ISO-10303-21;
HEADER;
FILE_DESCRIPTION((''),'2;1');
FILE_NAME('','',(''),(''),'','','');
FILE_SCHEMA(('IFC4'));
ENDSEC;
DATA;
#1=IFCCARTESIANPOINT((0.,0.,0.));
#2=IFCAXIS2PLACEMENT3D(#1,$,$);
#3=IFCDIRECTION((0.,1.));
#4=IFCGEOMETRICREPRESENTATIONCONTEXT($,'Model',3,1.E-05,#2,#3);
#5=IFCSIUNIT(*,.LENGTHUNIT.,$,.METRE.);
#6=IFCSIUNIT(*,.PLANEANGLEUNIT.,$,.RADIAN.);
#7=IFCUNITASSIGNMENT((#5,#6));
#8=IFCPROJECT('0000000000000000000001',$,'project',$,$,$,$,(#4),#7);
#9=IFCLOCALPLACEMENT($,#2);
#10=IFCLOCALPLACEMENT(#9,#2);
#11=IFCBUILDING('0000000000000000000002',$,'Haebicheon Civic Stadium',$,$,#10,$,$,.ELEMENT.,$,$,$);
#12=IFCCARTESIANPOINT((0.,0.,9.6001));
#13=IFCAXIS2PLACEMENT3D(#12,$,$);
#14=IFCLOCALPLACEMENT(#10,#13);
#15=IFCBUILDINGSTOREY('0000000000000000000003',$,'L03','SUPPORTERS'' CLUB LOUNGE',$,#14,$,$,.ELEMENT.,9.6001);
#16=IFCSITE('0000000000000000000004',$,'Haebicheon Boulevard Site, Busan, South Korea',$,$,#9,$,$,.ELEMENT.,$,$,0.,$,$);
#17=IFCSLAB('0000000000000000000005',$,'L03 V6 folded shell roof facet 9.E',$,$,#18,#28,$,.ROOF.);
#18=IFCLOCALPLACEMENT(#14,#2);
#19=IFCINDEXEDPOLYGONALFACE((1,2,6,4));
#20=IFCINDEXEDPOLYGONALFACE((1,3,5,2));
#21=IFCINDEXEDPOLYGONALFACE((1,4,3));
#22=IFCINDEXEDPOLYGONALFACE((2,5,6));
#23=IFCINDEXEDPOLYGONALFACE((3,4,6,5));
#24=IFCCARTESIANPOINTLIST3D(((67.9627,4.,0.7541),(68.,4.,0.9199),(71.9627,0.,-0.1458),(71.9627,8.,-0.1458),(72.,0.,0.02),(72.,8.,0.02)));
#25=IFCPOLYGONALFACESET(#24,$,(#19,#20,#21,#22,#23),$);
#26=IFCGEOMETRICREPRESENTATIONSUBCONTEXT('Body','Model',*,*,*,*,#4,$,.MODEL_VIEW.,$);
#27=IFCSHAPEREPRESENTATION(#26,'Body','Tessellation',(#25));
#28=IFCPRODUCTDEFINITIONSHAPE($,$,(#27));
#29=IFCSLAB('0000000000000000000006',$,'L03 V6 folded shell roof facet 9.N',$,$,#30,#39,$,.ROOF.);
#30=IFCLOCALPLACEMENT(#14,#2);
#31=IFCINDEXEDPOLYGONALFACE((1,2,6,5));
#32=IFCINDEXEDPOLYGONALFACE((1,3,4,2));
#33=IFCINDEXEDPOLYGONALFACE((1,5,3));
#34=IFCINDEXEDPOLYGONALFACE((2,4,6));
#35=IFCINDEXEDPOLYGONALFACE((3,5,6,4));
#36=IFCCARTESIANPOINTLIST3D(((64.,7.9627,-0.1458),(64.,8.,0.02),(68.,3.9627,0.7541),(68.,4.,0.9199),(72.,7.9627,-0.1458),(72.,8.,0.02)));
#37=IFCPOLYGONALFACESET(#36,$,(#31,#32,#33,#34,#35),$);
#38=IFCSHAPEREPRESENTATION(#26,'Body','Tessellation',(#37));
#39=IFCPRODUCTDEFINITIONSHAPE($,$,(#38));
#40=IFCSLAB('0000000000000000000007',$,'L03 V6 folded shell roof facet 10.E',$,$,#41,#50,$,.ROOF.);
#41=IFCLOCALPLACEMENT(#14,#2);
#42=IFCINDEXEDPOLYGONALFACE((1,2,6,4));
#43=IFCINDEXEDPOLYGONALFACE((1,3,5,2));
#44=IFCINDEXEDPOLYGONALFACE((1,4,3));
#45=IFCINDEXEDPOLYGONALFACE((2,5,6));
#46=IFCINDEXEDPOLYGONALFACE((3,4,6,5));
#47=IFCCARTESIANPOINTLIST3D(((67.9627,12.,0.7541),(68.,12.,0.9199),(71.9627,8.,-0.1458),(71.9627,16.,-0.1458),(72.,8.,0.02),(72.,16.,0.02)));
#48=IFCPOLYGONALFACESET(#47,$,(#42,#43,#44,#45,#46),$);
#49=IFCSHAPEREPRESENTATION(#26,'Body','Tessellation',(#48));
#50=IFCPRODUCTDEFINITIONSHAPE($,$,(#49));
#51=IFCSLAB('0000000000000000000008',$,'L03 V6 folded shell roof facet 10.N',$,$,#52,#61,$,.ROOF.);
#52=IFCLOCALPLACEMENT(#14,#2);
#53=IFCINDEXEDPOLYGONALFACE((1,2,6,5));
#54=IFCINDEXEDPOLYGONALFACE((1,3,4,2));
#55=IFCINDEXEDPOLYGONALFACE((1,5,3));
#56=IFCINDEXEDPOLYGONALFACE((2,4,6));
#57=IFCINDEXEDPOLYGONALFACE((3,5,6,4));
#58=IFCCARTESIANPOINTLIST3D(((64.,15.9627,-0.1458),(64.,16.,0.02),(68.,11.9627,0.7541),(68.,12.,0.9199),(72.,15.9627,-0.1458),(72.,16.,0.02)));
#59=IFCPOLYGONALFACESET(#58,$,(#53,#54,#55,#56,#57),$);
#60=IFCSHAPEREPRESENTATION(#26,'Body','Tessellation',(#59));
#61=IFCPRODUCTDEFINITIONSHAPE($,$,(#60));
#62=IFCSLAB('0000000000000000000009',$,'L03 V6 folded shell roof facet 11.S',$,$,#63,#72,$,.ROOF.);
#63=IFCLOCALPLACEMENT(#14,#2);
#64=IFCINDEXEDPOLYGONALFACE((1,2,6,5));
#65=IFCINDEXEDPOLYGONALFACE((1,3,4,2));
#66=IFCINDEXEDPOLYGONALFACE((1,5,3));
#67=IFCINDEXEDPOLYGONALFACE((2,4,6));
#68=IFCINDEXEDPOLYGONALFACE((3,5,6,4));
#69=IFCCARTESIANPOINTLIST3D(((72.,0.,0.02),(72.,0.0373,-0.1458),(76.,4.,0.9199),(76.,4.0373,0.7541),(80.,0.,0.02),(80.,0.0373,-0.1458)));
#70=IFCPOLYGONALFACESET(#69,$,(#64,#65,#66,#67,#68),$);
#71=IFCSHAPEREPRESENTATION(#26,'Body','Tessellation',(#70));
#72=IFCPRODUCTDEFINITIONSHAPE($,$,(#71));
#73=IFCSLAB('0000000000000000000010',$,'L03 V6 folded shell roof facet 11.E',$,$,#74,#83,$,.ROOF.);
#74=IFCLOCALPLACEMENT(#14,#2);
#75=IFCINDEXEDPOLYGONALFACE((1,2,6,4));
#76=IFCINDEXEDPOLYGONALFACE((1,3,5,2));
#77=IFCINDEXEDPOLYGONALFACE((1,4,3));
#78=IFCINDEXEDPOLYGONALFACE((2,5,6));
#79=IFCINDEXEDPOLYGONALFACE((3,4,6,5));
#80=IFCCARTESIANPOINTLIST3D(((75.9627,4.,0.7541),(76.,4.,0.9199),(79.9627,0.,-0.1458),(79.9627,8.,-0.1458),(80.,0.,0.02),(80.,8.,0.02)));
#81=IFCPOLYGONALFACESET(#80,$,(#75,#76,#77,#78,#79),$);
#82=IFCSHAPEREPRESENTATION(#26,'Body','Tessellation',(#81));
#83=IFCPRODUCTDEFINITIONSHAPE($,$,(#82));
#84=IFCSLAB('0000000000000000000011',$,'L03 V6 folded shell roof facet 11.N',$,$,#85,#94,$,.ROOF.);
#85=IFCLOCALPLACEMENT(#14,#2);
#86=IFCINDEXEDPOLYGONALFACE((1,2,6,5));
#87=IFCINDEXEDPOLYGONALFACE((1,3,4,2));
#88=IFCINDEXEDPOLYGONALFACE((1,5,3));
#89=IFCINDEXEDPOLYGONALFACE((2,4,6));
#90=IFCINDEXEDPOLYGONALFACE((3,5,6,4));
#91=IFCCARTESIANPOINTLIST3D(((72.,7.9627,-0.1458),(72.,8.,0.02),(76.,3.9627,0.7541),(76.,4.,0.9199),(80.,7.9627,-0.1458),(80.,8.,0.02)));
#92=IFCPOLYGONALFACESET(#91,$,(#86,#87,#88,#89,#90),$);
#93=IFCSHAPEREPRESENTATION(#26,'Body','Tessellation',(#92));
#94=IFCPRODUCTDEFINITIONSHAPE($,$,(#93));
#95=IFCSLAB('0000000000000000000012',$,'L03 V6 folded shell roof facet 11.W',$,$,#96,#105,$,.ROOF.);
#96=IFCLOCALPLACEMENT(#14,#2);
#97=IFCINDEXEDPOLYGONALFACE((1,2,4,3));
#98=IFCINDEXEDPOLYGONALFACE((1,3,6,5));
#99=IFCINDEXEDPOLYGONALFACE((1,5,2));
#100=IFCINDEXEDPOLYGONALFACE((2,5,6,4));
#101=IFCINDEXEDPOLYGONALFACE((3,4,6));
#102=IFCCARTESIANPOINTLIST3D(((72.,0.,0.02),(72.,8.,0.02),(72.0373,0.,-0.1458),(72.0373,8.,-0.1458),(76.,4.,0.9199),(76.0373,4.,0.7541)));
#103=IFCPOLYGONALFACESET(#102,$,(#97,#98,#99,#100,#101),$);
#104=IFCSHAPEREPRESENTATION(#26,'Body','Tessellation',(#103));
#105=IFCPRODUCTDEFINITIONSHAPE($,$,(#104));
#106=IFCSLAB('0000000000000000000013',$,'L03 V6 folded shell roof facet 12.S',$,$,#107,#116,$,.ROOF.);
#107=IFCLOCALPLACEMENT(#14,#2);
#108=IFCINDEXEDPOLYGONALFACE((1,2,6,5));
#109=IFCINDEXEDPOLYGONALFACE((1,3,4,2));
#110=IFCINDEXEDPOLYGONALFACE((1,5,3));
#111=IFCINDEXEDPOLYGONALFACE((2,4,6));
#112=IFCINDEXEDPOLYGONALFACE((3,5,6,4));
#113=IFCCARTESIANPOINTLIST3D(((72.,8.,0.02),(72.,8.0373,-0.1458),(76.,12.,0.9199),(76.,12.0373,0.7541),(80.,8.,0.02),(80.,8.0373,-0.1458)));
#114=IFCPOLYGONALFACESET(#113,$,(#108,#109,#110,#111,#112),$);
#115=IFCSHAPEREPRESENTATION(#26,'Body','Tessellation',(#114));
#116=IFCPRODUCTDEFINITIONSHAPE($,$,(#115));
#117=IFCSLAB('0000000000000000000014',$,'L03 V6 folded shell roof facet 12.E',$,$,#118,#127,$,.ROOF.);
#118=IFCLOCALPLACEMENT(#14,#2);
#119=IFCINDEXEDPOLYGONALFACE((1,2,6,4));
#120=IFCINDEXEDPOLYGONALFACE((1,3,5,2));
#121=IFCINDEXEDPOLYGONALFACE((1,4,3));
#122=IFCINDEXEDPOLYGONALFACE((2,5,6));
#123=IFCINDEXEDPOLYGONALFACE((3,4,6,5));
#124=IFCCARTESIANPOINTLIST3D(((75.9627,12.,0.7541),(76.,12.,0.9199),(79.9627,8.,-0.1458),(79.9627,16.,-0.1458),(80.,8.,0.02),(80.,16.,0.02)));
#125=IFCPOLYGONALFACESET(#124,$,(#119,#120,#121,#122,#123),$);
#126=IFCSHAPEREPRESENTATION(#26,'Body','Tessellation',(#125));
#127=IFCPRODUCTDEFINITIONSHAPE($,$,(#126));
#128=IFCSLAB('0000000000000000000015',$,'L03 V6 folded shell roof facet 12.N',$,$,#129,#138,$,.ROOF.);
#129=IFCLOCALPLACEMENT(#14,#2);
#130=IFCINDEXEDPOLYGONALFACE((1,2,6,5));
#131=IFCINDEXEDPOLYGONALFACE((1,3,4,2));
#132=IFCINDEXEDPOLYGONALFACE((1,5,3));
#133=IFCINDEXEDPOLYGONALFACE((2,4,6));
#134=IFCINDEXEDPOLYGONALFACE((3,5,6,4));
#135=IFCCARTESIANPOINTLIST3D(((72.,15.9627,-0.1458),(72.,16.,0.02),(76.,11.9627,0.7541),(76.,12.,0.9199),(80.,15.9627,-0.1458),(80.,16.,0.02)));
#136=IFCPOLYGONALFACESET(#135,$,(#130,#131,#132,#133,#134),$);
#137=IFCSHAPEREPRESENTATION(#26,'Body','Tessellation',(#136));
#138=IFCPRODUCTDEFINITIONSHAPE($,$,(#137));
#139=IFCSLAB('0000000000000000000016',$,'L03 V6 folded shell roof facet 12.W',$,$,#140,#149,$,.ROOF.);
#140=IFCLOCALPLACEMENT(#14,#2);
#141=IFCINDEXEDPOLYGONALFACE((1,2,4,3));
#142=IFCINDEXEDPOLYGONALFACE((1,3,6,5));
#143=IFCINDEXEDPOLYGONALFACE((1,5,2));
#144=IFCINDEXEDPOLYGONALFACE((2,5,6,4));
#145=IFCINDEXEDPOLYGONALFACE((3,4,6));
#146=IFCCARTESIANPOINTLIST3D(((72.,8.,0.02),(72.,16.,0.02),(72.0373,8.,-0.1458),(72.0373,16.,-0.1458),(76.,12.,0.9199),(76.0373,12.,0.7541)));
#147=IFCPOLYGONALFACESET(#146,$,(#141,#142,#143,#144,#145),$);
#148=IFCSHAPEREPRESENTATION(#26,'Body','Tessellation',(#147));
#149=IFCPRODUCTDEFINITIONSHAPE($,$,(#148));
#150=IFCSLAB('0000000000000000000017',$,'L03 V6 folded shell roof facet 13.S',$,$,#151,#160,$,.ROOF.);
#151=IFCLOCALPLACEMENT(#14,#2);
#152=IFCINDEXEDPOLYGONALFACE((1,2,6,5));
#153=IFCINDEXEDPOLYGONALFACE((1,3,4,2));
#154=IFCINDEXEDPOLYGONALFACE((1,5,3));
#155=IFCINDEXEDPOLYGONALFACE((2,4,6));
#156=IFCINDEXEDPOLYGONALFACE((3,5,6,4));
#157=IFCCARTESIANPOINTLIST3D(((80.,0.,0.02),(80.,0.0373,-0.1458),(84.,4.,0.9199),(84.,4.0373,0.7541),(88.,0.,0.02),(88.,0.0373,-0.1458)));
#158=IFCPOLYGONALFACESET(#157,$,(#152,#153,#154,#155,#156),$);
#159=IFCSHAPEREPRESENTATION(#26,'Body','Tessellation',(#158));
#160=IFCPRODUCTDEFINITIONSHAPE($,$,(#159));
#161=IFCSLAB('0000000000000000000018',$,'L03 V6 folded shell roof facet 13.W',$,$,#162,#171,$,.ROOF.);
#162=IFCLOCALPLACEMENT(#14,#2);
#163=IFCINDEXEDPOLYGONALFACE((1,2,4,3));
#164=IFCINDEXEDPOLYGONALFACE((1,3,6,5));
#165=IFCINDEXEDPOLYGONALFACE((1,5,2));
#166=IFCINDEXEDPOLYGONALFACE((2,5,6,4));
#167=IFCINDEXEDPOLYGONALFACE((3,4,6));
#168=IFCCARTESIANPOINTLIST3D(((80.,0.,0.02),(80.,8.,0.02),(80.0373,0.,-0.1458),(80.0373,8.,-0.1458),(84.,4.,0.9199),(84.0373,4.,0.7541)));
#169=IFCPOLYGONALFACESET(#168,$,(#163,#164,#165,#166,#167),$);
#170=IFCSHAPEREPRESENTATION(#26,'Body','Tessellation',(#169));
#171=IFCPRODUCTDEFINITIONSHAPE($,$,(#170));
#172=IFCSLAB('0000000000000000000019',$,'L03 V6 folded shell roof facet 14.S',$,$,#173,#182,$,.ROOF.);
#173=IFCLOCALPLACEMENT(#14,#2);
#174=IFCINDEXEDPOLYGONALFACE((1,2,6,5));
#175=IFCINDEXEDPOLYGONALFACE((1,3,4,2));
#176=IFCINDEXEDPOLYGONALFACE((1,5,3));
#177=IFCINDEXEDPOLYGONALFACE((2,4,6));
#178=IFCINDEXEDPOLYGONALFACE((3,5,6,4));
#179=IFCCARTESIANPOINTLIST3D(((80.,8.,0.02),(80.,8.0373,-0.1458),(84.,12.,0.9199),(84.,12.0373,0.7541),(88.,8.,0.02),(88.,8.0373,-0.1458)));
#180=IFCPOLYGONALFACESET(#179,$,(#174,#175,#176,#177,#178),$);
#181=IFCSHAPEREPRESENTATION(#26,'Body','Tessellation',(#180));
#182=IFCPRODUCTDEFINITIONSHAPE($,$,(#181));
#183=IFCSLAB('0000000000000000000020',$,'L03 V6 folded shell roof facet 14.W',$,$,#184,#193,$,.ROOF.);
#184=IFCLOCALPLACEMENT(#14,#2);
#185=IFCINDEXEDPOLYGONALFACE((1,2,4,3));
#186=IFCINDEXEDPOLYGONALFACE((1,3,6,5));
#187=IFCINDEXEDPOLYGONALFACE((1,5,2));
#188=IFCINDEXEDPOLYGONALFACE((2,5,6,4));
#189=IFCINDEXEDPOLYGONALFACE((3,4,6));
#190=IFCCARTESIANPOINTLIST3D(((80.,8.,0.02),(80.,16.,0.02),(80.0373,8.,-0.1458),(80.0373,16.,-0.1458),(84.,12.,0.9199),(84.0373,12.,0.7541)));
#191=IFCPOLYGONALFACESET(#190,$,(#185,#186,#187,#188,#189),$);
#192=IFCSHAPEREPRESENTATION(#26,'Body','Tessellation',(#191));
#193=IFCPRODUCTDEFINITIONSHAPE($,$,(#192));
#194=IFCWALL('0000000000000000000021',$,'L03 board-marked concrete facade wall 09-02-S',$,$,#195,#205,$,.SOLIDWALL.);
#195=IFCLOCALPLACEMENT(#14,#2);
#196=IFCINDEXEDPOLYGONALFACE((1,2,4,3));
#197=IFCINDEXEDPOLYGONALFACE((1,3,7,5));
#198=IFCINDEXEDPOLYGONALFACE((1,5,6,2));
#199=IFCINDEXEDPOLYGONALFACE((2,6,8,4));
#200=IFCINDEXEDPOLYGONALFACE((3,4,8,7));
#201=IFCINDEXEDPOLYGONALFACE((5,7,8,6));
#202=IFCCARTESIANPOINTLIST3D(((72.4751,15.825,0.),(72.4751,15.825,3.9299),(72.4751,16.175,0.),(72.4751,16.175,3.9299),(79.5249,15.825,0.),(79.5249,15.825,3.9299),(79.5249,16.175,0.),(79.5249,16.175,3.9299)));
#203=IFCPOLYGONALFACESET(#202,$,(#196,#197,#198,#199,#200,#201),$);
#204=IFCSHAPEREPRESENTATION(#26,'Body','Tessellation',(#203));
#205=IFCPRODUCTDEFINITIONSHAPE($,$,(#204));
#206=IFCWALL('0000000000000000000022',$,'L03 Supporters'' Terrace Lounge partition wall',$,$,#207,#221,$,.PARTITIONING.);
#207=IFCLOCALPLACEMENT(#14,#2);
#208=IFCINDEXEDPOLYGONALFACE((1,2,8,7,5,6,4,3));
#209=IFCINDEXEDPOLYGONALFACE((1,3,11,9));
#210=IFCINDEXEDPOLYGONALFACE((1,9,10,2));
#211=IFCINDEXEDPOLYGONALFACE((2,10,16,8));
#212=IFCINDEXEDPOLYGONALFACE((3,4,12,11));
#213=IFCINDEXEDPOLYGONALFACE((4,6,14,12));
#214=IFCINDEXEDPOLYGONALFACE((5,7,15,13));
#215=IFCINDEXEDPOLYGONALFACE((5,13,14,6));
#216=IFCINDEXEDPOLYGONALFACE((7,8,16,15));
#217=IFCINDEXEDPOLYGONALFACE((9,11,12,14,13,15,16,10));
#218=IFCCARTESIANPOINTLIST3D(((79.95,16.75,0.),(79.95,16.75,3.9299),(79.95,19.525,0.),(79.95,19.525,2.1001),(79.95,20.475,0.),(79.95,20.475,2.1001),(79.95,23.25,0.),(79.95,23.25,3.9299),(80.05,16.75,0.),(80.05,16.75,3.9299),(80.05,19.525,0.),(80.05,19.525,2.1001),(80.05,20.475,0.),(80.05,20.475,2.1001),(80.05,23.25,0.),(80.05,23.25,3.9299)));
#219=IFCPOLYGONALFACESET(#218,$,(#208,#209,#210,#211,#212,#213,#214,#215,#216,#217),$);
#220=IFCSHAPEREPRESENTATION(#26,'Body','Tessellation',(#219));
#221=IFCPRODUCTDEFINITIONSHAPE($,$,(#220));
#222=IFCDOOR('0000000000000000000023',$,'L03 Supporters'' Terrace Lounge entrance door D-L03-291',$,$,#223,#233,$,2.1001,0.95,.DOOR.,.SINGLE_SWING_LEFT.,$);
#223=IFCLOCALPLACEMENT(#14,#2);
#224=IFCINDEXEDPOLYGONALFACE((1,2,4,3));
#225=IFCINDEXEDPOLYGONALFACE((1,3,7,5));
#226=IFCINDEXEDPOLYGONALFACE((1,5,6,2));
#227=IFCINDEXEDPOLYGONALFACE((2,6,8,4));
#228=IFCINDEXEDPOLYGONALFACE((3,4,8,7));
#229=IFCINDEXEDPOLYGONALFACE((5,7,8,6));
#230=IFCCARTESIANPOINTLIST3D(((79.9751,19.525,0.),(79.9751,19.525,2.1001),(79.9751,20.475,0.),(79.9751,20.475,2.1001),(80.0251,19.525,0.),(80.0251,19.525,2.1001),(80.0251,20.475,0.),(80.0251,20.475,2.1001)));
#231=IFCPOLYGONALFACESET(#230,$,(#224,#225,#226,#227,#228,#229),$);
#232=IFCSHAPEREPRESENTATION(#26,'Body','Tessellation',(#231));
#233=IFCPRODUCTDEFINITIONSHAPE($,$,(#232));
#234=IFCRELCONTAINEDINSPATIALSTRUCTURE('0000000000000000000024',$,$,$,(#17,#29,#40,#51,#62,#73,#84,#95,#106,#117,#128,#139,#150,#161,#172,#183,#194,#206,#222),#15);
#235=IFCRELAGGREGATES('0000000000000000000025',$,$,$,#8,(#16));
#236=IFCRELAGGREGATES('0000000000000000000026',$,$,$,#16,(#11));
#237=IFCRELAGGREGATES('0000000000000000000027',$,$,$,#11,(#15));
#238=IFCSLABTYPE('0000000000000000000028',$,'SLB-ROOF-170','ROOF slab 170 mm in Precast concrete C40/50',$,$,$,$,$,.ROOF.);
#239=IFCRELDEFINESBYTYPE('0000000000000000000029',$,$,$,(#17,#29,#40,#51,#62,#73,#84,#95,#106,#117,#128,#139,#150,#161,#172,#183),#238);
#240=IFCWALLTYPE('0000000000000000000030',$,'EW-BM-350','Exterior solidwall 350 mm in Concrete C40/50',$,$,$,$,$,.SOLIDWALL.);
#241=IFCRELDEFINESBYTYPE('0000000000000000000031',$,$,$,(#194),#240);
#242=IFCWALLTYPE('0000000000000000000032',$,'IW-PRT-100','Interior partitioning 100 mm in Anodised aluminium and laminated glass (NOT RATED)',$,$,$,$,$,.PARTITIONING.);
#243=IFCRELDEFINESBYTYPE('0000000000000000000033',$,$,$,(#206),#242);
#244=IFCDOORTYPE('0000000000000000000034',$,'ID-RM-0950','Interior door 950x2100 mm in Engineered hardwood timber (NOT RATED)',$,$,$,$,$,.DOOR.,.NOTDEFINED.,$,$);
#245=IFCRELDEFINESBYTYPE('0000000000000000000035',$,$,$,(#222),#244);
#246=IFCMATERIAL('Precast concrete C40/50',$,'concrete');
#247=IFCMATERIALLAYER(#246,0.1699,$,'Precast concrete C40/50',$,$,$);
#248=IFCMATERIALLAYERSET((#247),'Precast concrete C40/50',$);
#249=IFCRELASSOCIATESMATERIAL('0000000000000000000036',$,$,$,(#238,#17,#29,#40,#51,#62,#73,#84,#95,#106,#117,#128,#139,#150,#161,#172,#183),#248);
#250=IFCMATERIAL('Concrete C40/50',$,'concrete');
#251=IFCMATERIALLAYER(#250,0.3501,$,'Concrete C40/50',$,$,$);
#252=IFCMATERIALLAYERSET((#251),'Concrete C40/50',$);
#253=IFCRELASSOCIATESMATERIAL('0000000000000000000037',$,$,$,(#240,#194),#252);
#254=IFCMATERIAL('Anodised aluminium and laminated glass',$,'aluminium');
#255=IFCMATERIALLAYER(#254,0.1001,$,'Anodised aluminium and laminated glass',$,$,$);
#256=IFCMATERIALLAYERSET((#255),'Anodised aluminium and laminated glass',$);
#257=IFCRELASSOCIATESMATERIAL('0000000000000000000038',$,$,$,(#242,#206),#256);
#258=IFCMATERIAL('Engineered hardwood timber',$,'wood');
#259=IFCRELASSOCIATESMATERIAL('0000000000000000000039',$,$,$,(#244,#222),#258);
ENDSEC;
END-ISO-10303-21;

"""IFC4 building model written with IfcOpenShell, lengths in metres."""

from ifc_helpers import new_model, si_unit, direction, frame, frame_2d, origin, place, context, subcontext, project, spatial, polyline, rectangle, outline, extrude, material, layer, layer_set, type_object, element, fill, save


model = new_model("IFC4")

# Units and contexts
model_context = context("Model", 3, precision=1e-05, world=origin(), true_north=direction((0.0, 1.0)))
body_context = subcontext(model_context, "Body", "Model", "MODEL_VIEW")
ifc_project = project(units=[si_unit("LENGTHUNIT", "METRE"), si_unit("PLANEANGLEUNIT", "RADIAN")], contexts=[model_context])

# Site, building, storey
site_placement = place(None, origin())
site = spatial("IfcSite", under=ifc_project, at=site_placement, Name="Haebicheon Boulevard Site, Busan, South Korea", CompositionType="ELEMENT", RefElevation=0.0)
building_placement = place(site_placement, origin())
building = spatial("IfcBuilding", under=site, at=building_placement, Name="Haebicheon Civic Stadium", CompositionType="ELEMENT")
storey_placement = place(building_placement, frame((0.0, 0.0, 9.6001)))
storey = spatial("IfcBuildingStorey", under=building, at=storey_placement, Name="L03", Description="SUPPORTERS' CLUB LOUNGE", CompositionType="ELEMENT", Elevation=9.6001)

# Slabs
ifc_material_1 = material(Name="Precast concrete C40/50", Category="concrete")
ifc_layer_1 = layer(ifc_material_1, 0.1699, Name="Precast concrete C40/50")
ifc_layer_set_1 = layer_set([ifc_layer_1], Name="Precast concrete C40/50")
slab_type = type_object("IfcSlabType", Name="SLB-ROOF-170", Description="ROOF slab 170 mm in Precast concrete C40/50", PredefinedType="ROOF", material=ifc_layer_set_1)
for number, where, z_axis, x_axis, name in (
    (1, (72.0, 0.0, 0.02), (0.21949, 0.0, 0.975615), (0.0, 1.0, 0.0), "L03 V6 folded shell roof facet 9.E"),
    (2, (72.0, 8.0, 0.02), (0.0, 0.21949, 0.975615), (-1.0, 0.0, 0.0), "L03 V6 folded shell roof facet 9.N"),
    (3, (72.0, 8.0, 0.02), (0.21949, 0.0, 0.975615), (0.0, 1.0, 0.0), "L03 V6 folded shell roof facet 10.E"),
    (4, (72.0, 16.0, 0.02), (0.0, 0.21949, 0.975615), (-1.0, 0.0, 0.0), "L03 V6 folded shell roof facet 10.N"),
    (5, (72.0, 0.0, 0.02), (0.0, -0.21949, 0.975615), (1.0, 0.0, 0.0), "L03 V6 folded shell roof facet 11.S"),
    (6, (80.0, 0.0, 0.02), (0.21949, 0.0, 0.975615), (0.0, 1.0, 0.0), "L03 V6 folded shell roof facet 11.E"),
    (7, (80.0, 8.0, 0.02), (0.0, 0.21949, 0.975615), (-1.0, 0.0, 0.0), "L03 V6 folded shell roof facet 11.N"),
    (8, (72.0, 8.0, 0.02), (-0.21949, 0.0, 0.975615), (0.0, -1.0, 0.0), "L03 V6 folded shell roof facet 11.W"),
    (9, (72.0, 8.0, 0.02), (0.0, -0.21949, 0.975615), (1.0, 0.0, 0.0), "L03 V6 folded shell roof facet 12.S"),
    (10, (80.0, 8.0, 0.02), (0.21949, 0.0, 0.975615), (0.0, 1.0, 0.0), "L03 V6 folded shell roof facet 12.E"),
    (11, (80.0, 16.0, 0.02), (0.0, 0.21949, 0.975615), (-1.0, 0.0, 0.0), "L03 V6 folded shell roof facet 12.N"),
    (12, (72.0, 16.0, 0.02), (-0.21949, 0.0, 0.975615), (0.0, -1.0, 0.0), "L03 V6 folded shell roof facet 12.W"),
    (13, (80.0, 0.0, 0.02), (0.0, -0.21949, 0.975615), (1.0, 0.0, 0.0), "L03 V6 folded shell roof facet 13.S"),
    (14, (80.0, 8.0, 0.02), (-0.21949, 0.0, 0.975615), (0.0, -1.0, 0.0), "L03 V6 folded shell roof facet 13.W"),
    (15, (80.0, 8.0, 0.02), (0.0, -0.21949, 0.975615), (1.0, 0.0, 0.0), "L03 V6 folded shell roof facet 14.S"),
    (16, (80.0, 16.0, 0.02), (-0.21949, 0.0, 0.975615), (0.0, -1.0, 0.0), "L03 V6 folded shell roof facet 14.W"),
):
    element("IfcSlab", number, at=place(storey_placement, frame(where, z_axis=z_axis, x_axis=x_axis)), inside=storey, type_object=slab_type, material=ifc_layer_set_1, Name=name, PredefinedType="ROOF", context=body_context, shape_type="SweptSolid", body=[
        extrude(outline(polyline([(0.0, 0.0), (8.0, 0.0), (4.0, 4.1), (0.0, 0.0)])), origin(), (0.0, 0.0, -1.0), 0.1699),
    ])

# Wall
ifc_material_2 = material(Name="Concrete C40/50", Category="concrete")
ifc_layer_2 = layer(ifc_material_2, 0.3501, Name="Concrete C40/50")
ifc_layer_set_2 = layer_set([ifc_layer_2], Name="Concrete C40/50")
wall_type_1 = type_object("IfcWallType", Name="EW-BM-350", Description="Exterior solidwall 350 mm in Concrete C40/50", PredefinedType="SOLIDWALL", material=ifc_layer_set_2)
wall_1_placement = place(storey_placement, frame((72.4751, 16.0, 0.0), z_axis=(0.0, 0.0, 1.0), x_axis=(1.0, 0.0, 0.0)))
element("IfcWall", 17, at=wall_1_placement, inside=storey, type_object=wall_type_1, material=ifc_layer_set_2, Name="L03 board-marked concrete facade wall 09-02-S", PredefinedType="SOLIDWALL", context=body_context, shape_type="SweptSolid", body=[
    extrude(rectangle(XDim=7.0498, YDim=0.3501, at=frame_2d((3.5249, 0.0))), origin(), (0.0, 0.0, 1.0), 3.9299),
])

# Wall, opening, door
ifc_material_3 = material(Name="Anodised aluminium and laminated glass", Category="aluminium")
ifc_layer_3 = layer(ifc_material_3, 0.1001, Name="Anodised aluminium and laminated glass")
ifc_layer_set_3 = layer_set([ifc_layer_3], Name="Anodised aluminium and laminated glass")
wall_type_2 = type_object("IfcWallType", Name="IW-PRT-100", Description="Interior partitioning 100 mm in Anodised aluminium and laminated glass (NOT RATED)", PredefinedType="PARTITIONING", material=ifc_layer_set_3)
wall_2_placement = place(storey_placement, frame((80.0, 16.75, 0.0), z_axis=(0.0, 0.0, 1.0), x_axis=(0.0, 1.0, 0.0)))
wall_2 = element("IfcWall", 18, at=wall_2_placement, inside=storey, type_object=wall_type_2, material=ifc_layer_set_3, Name="L03 Supporters' Terrace Lounge partition wall", PredefinedType="PARTITIONING", context=body_context, shape_type="SweptSolid", body=[
    extrude(rectangle(XDim=6.5, YDim=0.1001, at=frame_2d((3.25, 0.0))), origin(), (0.0, 0.0, 1.0), 3.9299),
])
opening_1_placement = place(wall_2_placement, frame((2.7749, 0.0, 0.0)))
opening_1 = element("IfcOpeningElement", 19, at=opening_1_placement, cuts=wall_2, PredefinedType="OPENING", context=body_context, shape_type="SweptSolid", body=[
    extrude(rectangle(XDim=0.95, YDim=2.1001, at=frame_2d((0.4751, 1.05))), frame((0.0, 0.0601, 0.0), z_axis=(0.0, -1.0, 0.0), x_axis=(1.0, 0.0, 0.0)), (0.0, 0.0, 1.0), 0.1201),
])
ifc_material_4 = material(Name="Engineered hardwood timber", Category="wood")
door_type_1 = type_object("IfcDoorType", Name="ID-RM-0950", Description="Interior door 950x2100 mm in Engineered hardwood timber (NOT RATED)", OperationType="NOTDEFINED", PredefinedType="DOOR", material=ifc_material_4)
door_1_placement = place(opening_1_placement, origin())
door_1 = element("IfcDoor", 20, at=door_1_placement, inside=storey, type_object=door_type_1, material=ifc_material_4, Name="L03 Supporters' Terrace Lounge entrance door D-L03-291", OperationType="SINGLE_SWING_LEFT", OverallHeight=2.1001, OverallWidth=0.95, PredefinedType="DOOR", context=body_context, shape_type="SweptSolid", body=[
    extrude(rectangle(XDim=0.95, YDim=2.1001, at=frame_2d((0.4751, 1.05))), frame((0.0, 0.0249, 0.0), z_axis=(0.0, -1.0, 0.0), x_axis=(1.0, 0.0, 0.0)), (0.0, 0.0, 1.0), 0.05),
])
fill(opening_1, door_1)

save(model, "model.ifc")
